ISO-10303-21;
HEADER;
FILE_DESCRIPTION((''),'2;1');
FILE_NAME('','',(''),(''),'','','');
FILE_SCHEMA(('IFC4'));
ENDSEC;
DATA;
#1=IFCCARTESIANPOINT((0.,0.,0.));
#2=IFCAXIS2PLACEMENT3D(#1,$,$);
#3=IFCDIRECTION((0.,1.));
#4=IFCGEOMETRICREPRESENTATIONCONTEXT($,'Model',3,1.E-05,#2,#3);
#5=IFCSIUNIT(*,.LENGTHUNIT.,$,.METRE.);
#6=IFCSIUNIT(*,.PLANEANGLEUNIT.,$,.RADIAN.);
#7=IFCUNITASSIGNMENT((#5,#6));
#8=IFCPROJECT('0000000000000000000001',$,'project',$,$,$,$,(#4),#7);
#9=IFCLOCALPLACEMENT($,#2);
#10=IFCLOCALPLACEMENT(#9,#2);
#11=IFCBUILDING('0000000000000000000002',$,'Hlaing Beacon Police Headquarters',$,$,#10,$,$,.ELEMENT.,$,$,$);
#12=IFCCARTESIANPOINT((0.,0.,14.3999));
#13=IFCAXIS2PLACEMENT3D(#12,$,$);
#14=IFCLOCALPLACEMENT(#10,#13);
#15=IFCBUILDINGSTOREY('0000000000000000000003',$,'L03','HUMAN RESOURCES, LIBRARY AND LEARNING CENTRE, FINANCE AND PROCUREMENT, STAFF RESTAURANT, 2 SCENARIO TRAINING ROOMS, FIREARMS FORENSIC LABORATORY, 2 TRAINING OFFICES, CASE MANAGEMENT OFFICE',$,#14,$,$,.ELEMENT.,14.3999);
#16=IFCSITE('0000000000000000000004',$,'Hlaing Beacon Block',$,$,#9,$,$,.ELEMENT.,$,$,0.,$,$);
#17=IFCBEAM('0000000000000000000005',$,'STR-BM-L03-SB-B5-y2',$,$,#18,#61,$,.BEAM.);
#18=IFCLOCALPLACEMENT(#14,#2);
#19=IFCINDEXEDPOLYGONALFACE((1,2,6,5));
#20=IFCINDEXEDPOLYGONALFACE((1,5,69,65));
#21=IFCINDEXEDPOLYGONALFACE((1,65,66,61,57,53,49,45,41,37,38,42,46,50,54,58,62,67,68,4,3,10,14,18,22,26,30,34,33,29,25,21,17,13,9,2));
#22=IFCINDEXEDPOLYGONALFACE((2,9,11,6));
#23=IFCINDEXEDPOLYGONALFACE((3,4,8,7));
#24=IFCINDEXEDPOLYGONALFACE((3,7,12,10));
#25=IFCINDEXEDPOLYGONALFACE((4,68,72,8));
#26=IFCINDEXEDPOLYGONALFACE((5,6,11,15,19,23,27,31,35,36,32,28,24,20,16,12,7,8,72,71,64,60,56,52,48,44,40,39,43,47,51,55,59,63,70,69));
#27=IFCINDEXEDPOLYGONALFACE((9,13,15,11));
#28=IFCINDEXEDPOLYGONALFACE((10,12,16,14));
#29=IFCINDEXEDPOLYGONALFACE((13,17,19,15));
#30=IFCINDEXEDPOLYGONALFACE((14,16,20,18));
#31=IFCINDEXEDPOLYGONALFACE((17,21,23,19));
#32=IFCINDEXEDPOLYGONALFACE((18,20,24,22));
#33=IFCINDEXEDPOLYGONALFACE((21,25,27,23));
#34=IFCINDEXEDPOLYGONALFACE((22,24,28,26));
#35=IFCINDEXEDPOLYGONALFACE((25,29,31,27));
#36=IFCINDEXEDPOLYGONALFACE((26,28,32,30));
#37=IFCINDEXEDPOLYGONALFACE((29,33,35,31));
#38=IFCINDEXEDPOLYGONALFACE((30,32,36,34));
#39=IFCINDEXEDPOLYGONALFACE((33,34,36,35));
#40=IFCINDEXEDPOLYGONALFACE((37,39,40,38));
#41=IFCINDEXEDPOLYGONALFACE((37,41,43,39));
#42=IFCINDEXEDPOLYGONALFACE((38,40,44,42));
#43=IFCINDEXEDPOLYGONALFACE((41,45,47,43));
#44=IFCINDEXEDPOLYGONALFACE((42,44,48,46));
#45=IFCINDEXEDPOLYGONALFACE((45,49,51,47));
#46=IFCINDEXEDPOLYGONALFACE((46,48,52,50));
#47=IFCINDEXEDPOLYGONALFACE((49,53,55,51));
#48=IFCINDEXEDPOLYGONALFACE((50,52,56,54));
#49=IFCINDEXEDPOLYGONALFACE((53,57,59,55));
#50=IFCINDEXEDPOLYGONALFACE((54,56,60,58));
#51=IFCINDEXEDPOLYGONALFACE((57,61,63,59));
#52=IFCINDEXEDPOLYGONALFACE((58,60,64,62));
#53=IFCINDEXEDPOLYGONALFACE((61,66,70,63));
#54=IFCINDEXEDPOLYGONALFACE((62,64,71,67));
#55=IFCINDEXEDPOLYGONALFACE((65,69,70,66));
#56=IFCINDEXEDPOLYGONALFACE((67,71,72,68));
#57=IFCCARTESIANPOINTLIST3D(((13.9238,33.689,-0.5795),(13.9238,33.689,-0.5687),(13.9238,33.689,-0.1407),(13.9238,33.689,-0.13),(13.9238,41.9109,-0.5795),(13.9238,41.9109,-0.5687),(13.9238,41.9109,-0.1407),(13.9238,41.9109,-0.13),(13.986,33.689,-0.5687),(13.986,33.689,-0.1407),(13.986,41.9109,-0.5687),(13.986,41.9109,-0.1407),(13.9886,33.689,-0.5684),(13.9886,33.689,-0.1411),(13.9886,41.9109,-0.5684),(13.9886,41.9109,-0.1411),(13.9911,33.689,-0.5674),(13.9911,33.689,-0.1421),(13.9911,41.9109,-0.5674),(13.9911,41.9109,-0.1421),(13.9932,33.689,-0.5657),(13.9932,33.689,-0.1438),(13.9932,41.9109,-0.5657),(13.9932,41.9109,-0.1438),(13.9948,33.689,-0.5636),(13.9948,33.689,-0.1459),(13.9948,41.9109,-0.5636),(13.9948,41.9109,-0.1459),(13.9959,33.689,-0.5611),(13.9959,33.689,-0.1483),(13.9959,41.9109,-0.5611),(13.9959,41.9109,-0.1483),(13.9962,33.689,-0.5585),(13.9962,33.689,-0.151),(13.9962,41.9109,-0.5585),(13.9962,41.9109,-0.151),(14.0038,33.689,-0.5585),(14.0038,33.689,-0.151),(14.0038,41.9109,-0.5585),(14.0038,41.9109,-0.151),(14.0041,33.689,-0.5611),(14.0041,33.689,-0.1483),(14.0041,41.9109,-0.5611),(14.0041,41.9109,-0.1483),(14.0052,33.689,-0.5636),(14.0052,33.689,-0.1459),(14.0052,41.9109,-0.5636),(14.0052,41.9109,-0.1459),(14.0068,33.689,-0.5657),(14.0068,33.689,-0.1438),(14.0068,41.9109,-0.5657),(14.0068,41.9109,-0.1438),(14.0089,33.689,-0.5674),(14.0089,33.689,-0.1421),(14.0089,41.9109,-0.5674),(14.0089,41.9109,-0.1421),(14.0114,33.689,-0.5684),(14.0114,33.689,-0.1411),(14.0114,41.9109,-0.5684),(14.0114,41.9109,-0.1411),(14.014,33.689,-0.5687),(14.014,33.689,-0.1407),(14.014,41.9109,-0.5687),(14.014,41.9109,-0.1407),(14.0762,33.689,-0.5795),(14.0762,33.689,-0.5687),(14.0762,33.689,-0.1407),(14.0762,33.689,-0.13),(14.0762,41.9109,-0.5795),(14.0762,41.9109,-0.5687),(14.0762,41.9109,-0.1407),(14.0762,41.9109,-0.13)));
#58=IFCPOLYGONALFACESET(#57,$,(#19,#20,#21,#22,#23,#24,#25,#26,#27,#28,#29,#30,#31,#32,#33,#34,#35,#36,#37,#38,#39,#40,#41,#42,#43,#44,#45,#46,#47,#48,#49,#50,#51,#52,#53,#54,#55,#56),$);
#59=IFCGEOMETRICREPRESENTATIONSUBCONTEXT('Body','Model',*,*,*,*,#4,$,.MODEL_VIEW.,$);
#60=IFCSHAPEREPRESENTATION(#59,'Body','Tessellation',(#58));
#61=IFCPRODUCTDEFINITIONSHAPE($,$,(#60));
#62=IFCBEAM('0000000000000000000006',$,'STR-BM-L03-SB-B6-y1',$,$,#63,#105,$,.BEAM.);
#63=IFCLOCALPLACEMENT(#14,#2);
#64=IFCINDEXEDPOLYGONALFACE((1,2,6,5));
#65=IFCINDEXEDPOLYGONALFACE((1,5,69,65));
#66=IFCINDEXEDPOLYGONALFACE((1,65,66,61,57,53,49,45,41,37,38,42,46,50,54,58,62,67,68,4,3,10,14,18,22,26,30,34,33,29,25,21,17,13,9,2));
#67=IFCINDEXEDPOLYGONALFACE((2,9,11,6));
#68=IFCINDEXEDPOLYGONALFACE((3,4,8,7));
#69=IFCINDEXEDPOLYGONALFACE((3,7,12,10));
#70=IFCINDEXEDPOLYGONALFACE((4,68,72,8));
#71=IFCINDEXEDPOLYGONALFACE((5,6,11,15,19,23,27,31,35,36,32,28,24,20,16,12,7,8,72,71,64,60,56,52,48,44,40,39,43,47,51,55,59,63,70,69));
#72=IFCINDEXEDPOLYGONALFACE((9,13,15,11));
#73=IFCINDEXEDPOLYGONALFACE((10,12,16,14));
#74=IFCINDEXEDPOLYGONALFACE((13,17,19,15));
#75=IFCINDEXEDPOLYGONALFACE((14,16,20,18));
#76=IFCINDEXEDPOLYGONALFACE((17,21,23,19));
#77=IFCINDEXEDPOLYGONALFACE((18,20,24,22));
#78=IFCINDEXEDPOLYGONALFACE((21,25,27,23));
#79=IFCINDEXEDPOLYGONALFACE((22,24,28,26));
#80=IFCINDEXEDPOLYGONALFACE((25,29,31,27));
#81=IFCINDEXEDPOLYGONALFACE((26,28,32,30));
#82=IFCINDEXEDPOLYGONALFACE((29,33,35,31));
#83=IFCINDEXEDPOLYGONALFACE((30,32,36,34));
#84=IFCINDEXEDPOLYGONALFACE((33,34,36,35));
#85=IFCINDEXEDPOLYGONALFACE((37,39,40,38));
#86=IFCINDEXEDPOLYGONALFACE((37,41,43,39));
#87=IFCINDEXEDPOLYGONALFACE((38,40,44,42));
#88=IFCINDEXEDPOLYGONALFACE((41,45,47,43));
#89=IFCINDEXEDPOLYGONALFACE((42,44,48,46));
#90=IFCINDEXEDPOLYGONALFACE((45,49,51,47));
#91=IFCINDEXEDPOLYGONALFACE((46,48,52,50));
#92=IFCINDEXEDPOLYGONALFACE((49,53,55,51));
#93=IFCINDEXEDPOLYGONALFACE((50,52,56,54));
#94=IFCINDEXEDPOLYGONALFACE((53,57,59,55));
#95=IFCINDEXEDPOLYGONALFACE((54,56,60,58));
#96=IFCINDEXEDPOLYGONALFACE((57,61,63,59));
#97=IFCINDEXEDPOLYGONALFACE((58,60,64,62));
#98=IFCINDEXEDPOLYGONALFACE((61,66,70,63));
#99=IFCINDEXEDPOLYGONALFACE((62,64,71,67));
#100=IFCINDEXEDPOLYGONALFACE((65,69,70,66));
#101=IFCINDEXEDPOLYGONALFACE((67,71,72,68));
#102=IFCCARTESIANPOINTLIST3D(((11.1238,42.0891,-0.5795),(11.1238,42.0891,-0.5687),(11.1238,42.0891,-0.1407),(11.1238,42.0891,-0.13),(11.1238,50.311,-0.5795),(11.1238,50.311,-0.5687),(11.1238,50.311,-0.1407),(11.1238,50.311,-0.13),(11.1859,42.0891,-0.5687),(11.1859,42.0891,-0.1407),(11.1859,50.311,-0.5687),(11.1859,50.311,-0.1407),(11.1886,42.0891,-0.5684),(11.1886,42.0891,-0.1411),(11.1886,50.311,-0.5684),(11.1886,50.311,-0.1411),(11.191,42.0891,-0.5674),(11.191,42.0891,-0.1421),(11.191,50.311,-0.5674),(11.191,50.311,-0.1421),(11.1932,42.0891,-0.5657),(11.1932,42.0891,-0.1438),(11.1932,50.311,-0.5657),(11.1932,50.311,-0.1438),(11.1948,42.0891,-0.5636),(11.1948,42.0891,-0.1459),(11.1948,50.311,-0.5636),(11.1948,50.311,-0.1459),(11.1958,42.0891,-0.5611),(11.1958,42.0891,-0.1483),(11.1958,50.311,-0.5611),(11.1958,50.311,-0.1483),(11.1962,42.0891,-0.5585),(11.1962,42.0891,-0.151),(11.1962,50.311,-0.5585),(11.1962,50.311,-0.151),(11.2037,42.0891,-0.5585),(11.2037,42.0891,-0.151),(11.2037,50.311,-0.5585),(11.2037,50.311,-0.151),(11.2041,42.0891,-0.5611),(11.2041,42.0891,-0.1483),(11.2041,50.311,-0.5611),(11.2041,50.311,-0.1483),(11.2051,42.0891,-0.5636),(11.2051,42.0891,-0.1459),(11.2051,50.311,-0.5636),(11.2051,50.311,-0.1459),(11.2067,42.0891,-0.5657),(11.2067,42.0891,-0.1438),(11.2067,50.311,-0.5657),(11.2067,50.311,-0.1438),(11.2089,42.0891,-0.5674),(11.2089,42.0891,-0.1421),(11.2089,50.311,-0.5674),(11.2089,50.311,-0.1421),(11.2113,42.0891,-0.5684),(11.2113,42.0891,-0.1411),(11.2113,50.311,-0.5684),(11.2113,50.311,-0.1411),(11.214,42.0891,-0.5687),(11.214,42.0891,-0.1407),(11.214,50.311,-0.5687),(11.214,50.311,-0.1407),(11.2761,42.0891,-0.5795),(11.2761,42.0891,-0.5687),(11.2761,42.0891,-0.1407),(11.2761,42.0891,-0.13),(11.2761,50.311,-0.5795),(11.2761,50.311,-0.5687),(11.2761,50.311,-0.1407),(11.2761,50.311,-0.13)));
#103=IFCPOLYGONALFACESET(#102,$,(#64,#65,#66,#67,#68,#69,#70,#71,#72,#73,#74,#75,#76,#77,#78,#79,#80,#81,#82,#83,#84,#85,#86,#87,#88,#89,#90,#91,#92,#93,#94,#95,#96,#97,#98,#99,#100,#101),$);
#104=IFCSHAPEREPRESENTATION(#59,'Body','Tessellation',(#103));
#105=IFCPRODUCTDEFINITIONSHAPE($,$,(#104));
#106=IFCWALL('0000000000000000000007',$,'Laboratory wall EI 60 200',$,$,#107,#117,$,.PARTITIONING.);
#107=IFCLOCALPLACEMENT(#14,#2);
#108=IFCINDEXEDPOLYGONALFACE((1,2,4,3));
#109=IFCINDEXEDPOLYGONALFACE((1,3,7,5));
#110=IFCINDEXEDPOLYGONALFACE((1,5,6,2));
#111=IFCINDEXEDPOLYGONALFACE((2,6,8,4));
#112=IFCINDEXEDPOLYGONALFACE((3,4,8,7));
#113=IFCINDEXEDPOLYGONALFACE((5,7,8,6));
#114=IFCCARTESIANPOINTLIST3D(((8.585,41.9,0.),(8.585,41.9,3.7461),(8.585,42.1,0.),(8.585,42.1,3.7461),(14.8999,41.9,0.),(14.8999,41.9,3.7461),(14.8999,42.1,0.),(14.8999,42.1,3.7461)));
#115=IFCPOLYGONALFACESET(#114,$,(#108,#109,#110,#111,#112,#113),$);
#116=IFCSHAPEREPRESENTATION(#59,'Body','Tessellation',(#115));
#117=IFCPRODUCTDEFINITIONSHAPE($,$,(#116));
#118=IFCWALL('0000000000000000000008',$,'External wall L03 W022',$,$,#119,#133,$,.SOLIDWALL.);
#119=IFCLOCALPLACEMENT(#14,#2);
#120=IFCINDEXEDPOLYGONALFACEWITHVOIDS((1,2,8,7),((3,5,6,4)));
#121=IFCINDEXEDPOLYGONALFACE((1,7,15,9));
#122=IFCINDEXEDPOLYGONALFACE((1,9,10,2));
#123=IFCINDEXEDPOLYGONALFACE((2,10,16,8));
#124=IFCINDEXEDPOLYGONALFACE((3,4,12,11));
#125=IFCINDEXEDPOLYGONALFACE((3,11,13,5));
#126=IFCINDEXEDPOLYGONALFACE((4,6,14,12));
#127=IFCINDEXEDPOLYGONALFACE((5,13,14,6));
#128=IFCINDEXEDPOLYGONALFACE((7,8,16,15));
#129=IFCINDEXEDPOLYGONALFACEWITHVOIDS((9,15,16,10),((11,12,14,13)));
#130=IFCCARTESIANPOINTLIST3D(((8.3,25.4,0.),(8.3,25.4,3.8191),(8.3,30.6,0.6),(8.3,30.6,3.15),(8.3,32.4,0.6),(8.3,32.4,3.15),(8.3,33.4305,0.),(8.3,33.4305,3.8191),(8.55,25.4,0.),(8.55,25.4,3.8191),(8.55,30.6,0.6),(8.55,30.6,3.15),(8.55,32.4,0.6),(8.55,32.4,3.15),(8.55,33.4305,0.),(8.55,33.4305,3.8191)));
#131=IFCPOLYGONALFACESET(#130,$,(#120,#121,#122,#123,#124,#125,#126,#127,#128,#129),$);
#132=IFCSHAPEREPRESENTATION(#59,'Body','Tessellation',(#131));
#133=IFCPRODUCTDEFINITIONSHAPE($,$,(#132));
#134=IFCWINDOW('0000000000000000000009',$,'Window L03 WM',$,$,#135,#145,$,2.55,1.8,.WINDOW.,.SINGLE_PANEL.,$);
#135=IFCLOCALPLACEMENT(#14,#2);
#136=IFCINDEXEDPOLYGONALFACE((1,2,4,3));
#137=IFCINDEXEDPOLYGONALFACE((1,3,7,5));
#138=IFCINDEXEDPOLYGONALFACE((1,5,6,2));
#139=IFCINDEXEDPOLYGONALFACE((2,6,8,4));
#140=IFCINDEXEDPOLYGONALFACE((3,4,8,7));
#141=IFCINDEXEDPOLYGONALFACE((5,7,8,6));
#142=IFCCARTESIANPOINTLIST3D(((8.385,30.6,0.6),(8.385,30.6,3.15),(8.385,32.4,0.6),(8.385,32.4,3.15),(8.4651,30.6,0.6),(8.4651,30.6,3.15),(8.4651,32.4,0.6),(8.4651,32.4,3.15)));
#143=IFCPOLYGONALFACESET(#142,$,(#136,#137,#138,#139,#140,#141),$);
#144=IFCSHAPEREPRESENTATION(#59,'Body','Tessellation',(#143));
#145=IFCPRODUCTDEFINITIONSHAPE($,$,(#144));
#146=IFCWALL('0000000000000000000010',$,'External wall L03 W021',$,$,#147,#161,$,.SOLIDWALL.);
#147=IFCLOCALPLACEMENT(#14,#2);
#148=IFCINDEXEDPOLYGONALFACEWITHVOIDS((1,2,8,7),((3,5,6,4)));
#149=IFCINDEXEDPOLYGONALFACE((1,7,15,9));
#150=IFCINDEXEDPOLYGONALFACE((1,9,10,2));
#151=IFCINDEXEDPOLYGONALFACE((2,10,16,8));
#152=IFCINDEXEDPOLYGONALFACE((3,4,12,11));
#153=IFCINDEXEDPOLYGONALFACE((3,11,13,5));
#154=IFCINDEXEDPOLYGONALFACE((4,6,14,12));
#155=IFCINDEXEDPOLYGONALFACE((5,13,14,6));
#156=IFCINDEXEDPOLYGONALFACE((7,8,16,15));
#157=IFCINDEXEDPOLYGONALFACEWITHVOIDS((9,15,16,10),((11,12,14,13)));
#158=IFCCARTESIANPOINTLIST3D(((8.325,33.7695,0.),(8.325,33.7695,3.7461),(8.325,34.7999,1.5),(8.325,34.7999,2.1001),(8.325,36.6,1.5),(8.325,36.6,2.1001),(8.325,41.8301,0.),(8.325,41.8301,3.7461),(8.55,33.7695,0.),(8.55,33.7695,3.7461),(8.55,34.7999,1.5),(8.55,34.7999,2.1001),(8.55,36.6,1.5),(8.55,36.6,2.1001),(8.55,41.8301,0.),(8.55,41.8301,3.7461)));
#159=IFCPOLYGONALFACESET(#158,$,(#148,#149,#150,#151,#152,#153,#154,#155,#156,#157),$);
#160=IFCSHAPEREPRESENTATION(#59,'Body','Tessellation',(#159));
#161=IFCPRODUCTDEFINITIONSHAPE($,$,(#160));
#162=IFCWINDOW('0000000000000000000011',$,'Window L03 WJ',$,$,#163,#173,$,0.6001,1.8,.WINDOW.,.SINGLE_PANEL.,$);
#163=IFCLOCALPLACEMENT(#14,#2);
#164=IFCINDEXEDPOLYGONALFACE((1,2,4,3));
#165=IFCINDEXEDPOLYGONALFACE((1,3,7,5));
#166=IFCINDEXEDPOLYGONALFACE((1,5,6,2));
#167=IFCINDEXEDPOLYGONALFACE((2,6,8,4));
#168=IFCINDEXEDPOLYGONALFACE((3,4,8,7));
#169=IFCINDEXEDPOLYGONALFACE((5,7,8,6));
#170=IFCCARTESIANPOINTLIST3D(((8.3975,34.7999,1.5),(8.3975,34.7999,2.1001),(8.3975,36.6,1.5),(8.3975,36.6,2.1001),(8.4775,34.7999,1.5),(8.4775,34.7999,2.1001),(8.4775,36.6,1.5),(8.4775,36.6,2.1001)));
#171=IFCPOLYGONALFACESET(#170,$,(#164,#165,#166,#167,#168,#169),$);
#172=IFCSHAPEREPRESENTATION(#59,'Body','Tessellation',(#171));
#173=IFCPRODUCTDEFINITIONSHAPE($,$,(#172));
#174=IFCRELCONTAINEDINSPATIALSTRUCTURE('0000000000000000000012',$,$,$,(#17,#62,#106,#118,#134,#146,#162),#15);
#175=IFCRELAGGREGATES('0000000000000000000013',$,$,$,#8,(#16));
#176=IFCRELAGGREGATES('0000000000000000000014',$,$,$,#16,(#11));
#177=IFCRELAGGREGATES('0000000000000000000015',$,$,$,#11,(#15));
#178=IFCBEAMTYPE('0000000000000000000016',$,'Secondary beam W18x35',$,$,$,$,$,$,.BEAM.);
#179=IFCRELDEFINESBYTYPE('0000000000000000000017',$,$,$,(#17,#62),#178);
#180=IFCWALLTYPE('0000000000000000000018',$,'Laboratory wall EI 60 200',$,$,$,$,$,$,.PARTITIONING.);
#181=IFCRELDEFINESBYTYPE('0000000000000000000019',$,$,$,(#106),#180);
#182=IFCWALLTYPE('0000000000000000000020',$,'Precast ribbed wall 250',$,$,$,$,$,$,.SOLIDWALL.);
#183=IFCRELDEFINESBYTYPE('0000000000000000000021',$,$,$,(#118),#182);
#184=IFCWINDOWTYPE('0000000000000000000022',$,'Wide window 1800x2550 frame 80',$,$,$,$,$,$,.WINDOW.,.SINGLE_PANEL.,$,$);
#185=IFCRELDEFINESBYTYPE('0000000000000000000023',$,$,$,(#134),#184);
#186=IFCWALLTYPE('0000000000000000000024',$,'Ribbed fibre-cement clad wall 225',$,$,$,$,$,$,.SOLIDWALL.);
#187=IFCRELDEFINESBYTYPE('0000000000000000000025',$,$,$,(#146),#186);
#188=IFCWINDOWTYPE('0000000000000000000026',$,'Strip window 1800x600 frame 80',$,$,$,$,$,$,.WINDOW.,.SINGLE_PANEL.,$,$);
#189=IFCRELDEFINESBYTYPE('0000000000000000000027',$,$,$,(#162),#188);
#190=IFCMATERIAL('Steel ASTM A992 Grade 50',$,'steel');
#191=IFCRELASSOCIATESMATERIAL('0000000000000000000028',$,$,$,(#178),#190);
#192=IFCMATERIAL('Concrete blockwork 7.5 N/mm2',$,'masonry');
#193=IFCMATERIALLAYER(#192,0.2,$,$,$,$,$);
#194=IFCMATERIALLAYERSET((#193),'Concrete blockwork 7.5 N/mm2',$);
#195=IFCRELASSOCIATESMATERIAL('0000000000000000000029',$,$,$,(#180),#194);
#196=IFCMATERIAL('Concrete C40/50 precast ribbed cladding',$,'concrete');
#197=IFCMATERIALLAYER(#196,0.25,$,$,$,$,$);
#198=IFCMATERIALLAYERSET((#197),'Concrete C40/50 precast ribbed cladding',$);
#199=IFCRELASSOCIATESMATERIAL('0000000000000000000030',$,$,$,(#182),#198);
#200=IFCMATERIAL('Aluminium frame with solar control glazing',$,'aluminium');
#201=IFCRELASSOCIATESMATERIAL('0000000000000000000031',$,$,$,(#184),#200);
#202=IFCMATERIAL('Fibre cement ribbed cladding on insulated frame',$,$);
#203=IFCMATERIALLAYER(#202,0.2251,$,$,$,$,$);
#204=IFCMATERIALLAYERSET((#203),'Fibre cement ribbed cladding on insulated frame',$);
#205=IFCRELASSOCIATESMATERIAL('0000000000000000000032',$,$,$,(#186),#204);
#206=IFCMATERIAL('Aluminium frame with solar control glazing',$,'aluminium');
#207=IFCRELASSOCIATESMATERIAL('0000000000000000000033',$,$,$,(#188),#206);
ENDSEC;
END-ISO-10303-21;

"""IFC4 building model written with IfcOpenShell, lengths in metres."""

from ifc_helpers import new_model, si_unit, direction, frame, frame_2d, origin, origin_2d, place, context, subcontext, project, spatial, rectangle, i_section, extrude, material, layer, layer_set, material_profile, profile_set, type_object, element, fill, save


model = new_model("IFC4")

# Units and contexts
model_context = context("Model", 3, precision=1e-05, world=origin(), true_north=direction((0.0, 1.0)))
body_context = subcontext(model_context, "Body", "Model", "MODEL_VIEW")
ifc_project = project(units=[si_unit("LENGTHUNIT", "METRE"), si_unit("PLANEANGLEUNIT", "RADIAN")], contexts=[model_context])

# Site, building, storey
site_placement = place(None, origin())
site = spatial("IfcSite", under=ifc_project, at=site_placement, Name="Hlaing Beacon Block", CompositionType="ELEMENT", RefElevation=0.0)
building_placement = place(site_placement, origin())
building = spatial("IfcBuilding", under=site, at=building_placement, Name="Hlaing Beacon Police Headquarters", CompositionType="ELEMENT")
storey_placement = place(building_placement, frame((0.0, 0.0, 14.3999)))
storey = spatial("IfcBuildingStorey", under=building, at=storey_placement, Name="L03", Description="HUMAN RESOURCES, LIBRARY AND LEARNING CENTRE, FINANCE AND PROCUREMENT, STAFF RESTAURANT, 2 SCENARIO TRAINING ROOMS, FIREARMS FORENSIC LABORATORY, 2 TRAINING OFFICES, CASE MANAGEMENT OFFICE", CompositionType="ELEMENT", Elevation=14.3999)

# Beams
ifc_material_1 = material(Name="Steel ASTM A992 Grade 50", Category="steel")
ifc_material_profile_1 = material_profile(ifc_material_1, i_section(OverallWidth=0.1523, OverallDepth=0.4495, WebThickness=0.0076, FlangeThickness=0.0107, FilletRadius=0.0103, at=origin_2d()), Name="W18x35")
ifc_profile_set_1 = profile_set([ifc_material_profile_1], Name="Steel ASTM A992 Grade 50")
beam_type_1 = type_object("IfcBeamType", Name="Secondary beam W18x35", PredefinedType="BEAM", material=ifc_profile_set_1)
for number, where, z_axis, x_axis, name in (
    (1, (14.0, 33.689, -0.3547), (0.0, 1.0, 0.0), (-1.0, 0.0, 0.0), "STR-BM-L03-SB-B5-y2"),
    (2, (11.2, 42.0891, -0.3547), (0.0, 1.0, 0.0), (-1.0, 0.0, 0.0), "STR-BM-L03-SB-B6-y1"),
):
    element("IfcBeam", number, at=place(storey_placement, frame(where, z_axis=z_axis, x_axis=x_axis)), inside=storey, type_object=beam_type_1, Name=name, PredefinedType="BEAM", context=body_context, shape_type="SweptSolid", body=[
        extrude(i_section(OverallWidth=0.1523, OverallDepth=0.4495, WebThickness=0.0076, FlangeThickness=0.0107, FilletRadius=0.0103, at=origin_2d()), origin(), (0.0, 0.0, 1.0), 8.2219),
    ])

# Wall
ifc_material_2 = material(Name="Concrete blockwork 7.5 N/mm2", Category="masonry")
ifc_layer_1 = layer(ifc_material_2, 0.2)
ifc_layer_set_1 = layer_set([ifc_layer_1], Name="Concrete blockwork 7.5 N/mm2")
wall_type_1 = type_object("IfcWallType", Name="Laboratory wall EI 60 200", PredefinedType="PARTITIONING", material=ifc_layer_set_1)
wall_1_placement = place(storey_placement, frame((8.585, 42.0, 0.0), z_axis=(0.0, 0.0, 1.0), x_axis=(1.0, 0.0, 0.0)))
element("IfcWall", 3, at=wall_1_placement, inside=storey, type_object=wall_type_1, Name="Laboratory wall EI 60 200", PredefinedType="PARTITIONING", context=body_context, shape_type="SweptSolid", body=[
    extrude(rectangle(XDim=6.3149, YDim=0.2, at=frame_2d((3.1575, 0.0))), origin(), (0.0, 0.0, 1.0), 3.7461),
])

# Walls, openings, windows
ifc_material_3 = material(Name="Concrete C40/50 precast ribbed cladding", Category="concrete")
ifc_layer_2 = layer(ifc_material_3, 0.25)
ifc_layer_set_2 = layer_set([ifc_layer_2], Name="Concrete C40/50 precast ribbed cladding")
wall_type_2 = type_object("IfcWallType", Name="Precast ribbed wall 250", PredefinedType="SOLIDWALL", material=ifc_layer_set_2)
wall_2_placement = place(storey_placement, frame((8.425, 33.4304, 0.0), z_axis=(0.0, 0.0, 1.0), x_axis=(0.0, -1.0, 0.0)))
wall_2 = element("IfcWall", 4, at=wall_2_placement, inside=storey, type_object=wall_type_2, Name="External wall L03 W022", PredefinedType="SOLIDWALL", context=body_context, shape_type="SweptSolid", body=[
    extrude(rectangle(XDim=8.0305, YDim=0.25, at=frame_2d((4.0151, 0.0))), origin(), (0.0, 0.0, 1.0), 3.8191),
])
opening_1_placement = place(wall_2_placement, frame((1.0305, 0.0, 0.6001)))
opening_1 = element("IfcOpeningElement", 5, at=opening_1_placement, cuts=wall_2, PredefinedType="OPENING", context=body_context, shape_type="SweptSolid", body=[
    extrude(rectangle(XDim=1.8, YDim=2.55, at=frame_2d((0.8999, 1.2749))), frame((0.0, 0.135, 0.0), z_axis=(0.0, -1.0, 0.0), x_axis=(1.0, 0.0, 0.0)), (0.0, 0.0, 1.0), 0.27),
])
ifc_material_4 = material(Name="Aluminium frame with solar control glazing", Category="aluminium")
window_type_1 = type_object("IfcWindowType", Name="Wide window 1800x2550 frame 80", PartitioningType="SINGLE_PANEL", PredefinedType="WINDOW", material=ifc_material_4)
window_1_placement = place(opening_1_placement, origin())
window_1 = element("IfcWindow", 6, at=window_1_placement, inside=storey, type_object=window_type_1, Name="Window L03 WM", OverallHeight=2.55, OverallWidth=1.8, PartitioningType="SINGLE_PANEL", PredefinedType="WINDOW", context=body_context, shape_type="SweptSolid", body=[
    extrude(rectangle(XDim=1.8, YDim=2.55, at=frame_2d((0.8999, 1.2749))), frame((0.0, 0.04, 0.0), z_axis=(0.0, -1.0, 0.0), x_axis=(1.0, 0.0, 0.0)), (0.0, 0.0, 1.0), 0.0801),
])
fill(opening_1, window_1)
ifc_material_5 = material(Name="Fibre cement ribbed cladding on insulated frame")
ifc_layer_3 = layer(ifc_material_5, 0.2251)
ifc_layer_set_3 = layer_set([ifc_layer_3], Name="Fibre cement ribbed cladding on insulated frame")
wall_type_3 = type_object("IfcWallType", Name="Ribbed fibre-cement clad wall 225", PredefinedType="SOLIDWALL", material=ifc_layer_set_3)
wall_3_placement = place(storey_placement, frame((8.4375, 41.8301, 0.0), z_axis=(0.0, 0.0, 1.0), x_axis=(0.0, -1.0, 0.0)))
wall_3 = element("IfcWall", 7, at=wall_3_placement, inside=storey, type_object=wall_type_3, Name="External wall L03 W021", PredefinedType="SOLIDWALL", context=body_context, shape_type="SweptSolid", body=[
    extrude(rectangle(XDim=8.0605, YDim=0.2251, at=frame_2d((4.0303, 0.0))), origin(), (0.0, 0.0, 1.0), 3.7461),
])
opening_2_placement = place(wall_3_placement, frame((5.2302, 0.0, 1.5)))
opening_2 = element("IfcOpeningElement", 8, at=opening_2_placement, cuts=wall_3, PredefinedType="OPENING", context=body_context, shape_type="SweptSolid", body=[
    extrude(rectangle(XDim=1.8, YDim=0.6001, at=frame_2d((0.8999, 0.3))), frame((0.0, 0.1226, 0.0), z_axis=(0.0, -1.0, 0.0), x_axis=(1.0, 0.0, 0.0)), (0.0, 0.0, 1.0), 0.2451),
])
ifc_material_6 = material(Name="Aluminium frame with solar control glazing", Category="aluminium")
window_type_2 = type_object("IfcWindowType", Name="Strip window 1800x600 frame 80", PartitioningType="SINGLE_PANEL", PredefinedType="WINDOW", material=ifc_material_6)
window_2_placement = place(opening_2_placement, origin())
window_2 = element("IfcWindow", 9, at=window_2_placement, inside=storey, type_object=window_type_2, Name="Window L03 WJ", OverallHeight=0.6001, OverallWidth=1.8, PartitioningType="SINGLE_PANEL", PredefinedType="WINDOW", context=body_context, shape_type="SweptSolid", body=[
    extrude(rectangle(XDim=1.8, YDim=0.6001, at=frame_2d((0.8999, 0.3))), frame((0.0, 0.04, 0.0), z_axis=(0.0, -1.0, 0.0), x_axis=(1.0, 0.0, 0.0)), (0.0, 0.0, 1.0), 0.0801),
])
fill(opening_2, window_2)

save(model, "model.ifc")
